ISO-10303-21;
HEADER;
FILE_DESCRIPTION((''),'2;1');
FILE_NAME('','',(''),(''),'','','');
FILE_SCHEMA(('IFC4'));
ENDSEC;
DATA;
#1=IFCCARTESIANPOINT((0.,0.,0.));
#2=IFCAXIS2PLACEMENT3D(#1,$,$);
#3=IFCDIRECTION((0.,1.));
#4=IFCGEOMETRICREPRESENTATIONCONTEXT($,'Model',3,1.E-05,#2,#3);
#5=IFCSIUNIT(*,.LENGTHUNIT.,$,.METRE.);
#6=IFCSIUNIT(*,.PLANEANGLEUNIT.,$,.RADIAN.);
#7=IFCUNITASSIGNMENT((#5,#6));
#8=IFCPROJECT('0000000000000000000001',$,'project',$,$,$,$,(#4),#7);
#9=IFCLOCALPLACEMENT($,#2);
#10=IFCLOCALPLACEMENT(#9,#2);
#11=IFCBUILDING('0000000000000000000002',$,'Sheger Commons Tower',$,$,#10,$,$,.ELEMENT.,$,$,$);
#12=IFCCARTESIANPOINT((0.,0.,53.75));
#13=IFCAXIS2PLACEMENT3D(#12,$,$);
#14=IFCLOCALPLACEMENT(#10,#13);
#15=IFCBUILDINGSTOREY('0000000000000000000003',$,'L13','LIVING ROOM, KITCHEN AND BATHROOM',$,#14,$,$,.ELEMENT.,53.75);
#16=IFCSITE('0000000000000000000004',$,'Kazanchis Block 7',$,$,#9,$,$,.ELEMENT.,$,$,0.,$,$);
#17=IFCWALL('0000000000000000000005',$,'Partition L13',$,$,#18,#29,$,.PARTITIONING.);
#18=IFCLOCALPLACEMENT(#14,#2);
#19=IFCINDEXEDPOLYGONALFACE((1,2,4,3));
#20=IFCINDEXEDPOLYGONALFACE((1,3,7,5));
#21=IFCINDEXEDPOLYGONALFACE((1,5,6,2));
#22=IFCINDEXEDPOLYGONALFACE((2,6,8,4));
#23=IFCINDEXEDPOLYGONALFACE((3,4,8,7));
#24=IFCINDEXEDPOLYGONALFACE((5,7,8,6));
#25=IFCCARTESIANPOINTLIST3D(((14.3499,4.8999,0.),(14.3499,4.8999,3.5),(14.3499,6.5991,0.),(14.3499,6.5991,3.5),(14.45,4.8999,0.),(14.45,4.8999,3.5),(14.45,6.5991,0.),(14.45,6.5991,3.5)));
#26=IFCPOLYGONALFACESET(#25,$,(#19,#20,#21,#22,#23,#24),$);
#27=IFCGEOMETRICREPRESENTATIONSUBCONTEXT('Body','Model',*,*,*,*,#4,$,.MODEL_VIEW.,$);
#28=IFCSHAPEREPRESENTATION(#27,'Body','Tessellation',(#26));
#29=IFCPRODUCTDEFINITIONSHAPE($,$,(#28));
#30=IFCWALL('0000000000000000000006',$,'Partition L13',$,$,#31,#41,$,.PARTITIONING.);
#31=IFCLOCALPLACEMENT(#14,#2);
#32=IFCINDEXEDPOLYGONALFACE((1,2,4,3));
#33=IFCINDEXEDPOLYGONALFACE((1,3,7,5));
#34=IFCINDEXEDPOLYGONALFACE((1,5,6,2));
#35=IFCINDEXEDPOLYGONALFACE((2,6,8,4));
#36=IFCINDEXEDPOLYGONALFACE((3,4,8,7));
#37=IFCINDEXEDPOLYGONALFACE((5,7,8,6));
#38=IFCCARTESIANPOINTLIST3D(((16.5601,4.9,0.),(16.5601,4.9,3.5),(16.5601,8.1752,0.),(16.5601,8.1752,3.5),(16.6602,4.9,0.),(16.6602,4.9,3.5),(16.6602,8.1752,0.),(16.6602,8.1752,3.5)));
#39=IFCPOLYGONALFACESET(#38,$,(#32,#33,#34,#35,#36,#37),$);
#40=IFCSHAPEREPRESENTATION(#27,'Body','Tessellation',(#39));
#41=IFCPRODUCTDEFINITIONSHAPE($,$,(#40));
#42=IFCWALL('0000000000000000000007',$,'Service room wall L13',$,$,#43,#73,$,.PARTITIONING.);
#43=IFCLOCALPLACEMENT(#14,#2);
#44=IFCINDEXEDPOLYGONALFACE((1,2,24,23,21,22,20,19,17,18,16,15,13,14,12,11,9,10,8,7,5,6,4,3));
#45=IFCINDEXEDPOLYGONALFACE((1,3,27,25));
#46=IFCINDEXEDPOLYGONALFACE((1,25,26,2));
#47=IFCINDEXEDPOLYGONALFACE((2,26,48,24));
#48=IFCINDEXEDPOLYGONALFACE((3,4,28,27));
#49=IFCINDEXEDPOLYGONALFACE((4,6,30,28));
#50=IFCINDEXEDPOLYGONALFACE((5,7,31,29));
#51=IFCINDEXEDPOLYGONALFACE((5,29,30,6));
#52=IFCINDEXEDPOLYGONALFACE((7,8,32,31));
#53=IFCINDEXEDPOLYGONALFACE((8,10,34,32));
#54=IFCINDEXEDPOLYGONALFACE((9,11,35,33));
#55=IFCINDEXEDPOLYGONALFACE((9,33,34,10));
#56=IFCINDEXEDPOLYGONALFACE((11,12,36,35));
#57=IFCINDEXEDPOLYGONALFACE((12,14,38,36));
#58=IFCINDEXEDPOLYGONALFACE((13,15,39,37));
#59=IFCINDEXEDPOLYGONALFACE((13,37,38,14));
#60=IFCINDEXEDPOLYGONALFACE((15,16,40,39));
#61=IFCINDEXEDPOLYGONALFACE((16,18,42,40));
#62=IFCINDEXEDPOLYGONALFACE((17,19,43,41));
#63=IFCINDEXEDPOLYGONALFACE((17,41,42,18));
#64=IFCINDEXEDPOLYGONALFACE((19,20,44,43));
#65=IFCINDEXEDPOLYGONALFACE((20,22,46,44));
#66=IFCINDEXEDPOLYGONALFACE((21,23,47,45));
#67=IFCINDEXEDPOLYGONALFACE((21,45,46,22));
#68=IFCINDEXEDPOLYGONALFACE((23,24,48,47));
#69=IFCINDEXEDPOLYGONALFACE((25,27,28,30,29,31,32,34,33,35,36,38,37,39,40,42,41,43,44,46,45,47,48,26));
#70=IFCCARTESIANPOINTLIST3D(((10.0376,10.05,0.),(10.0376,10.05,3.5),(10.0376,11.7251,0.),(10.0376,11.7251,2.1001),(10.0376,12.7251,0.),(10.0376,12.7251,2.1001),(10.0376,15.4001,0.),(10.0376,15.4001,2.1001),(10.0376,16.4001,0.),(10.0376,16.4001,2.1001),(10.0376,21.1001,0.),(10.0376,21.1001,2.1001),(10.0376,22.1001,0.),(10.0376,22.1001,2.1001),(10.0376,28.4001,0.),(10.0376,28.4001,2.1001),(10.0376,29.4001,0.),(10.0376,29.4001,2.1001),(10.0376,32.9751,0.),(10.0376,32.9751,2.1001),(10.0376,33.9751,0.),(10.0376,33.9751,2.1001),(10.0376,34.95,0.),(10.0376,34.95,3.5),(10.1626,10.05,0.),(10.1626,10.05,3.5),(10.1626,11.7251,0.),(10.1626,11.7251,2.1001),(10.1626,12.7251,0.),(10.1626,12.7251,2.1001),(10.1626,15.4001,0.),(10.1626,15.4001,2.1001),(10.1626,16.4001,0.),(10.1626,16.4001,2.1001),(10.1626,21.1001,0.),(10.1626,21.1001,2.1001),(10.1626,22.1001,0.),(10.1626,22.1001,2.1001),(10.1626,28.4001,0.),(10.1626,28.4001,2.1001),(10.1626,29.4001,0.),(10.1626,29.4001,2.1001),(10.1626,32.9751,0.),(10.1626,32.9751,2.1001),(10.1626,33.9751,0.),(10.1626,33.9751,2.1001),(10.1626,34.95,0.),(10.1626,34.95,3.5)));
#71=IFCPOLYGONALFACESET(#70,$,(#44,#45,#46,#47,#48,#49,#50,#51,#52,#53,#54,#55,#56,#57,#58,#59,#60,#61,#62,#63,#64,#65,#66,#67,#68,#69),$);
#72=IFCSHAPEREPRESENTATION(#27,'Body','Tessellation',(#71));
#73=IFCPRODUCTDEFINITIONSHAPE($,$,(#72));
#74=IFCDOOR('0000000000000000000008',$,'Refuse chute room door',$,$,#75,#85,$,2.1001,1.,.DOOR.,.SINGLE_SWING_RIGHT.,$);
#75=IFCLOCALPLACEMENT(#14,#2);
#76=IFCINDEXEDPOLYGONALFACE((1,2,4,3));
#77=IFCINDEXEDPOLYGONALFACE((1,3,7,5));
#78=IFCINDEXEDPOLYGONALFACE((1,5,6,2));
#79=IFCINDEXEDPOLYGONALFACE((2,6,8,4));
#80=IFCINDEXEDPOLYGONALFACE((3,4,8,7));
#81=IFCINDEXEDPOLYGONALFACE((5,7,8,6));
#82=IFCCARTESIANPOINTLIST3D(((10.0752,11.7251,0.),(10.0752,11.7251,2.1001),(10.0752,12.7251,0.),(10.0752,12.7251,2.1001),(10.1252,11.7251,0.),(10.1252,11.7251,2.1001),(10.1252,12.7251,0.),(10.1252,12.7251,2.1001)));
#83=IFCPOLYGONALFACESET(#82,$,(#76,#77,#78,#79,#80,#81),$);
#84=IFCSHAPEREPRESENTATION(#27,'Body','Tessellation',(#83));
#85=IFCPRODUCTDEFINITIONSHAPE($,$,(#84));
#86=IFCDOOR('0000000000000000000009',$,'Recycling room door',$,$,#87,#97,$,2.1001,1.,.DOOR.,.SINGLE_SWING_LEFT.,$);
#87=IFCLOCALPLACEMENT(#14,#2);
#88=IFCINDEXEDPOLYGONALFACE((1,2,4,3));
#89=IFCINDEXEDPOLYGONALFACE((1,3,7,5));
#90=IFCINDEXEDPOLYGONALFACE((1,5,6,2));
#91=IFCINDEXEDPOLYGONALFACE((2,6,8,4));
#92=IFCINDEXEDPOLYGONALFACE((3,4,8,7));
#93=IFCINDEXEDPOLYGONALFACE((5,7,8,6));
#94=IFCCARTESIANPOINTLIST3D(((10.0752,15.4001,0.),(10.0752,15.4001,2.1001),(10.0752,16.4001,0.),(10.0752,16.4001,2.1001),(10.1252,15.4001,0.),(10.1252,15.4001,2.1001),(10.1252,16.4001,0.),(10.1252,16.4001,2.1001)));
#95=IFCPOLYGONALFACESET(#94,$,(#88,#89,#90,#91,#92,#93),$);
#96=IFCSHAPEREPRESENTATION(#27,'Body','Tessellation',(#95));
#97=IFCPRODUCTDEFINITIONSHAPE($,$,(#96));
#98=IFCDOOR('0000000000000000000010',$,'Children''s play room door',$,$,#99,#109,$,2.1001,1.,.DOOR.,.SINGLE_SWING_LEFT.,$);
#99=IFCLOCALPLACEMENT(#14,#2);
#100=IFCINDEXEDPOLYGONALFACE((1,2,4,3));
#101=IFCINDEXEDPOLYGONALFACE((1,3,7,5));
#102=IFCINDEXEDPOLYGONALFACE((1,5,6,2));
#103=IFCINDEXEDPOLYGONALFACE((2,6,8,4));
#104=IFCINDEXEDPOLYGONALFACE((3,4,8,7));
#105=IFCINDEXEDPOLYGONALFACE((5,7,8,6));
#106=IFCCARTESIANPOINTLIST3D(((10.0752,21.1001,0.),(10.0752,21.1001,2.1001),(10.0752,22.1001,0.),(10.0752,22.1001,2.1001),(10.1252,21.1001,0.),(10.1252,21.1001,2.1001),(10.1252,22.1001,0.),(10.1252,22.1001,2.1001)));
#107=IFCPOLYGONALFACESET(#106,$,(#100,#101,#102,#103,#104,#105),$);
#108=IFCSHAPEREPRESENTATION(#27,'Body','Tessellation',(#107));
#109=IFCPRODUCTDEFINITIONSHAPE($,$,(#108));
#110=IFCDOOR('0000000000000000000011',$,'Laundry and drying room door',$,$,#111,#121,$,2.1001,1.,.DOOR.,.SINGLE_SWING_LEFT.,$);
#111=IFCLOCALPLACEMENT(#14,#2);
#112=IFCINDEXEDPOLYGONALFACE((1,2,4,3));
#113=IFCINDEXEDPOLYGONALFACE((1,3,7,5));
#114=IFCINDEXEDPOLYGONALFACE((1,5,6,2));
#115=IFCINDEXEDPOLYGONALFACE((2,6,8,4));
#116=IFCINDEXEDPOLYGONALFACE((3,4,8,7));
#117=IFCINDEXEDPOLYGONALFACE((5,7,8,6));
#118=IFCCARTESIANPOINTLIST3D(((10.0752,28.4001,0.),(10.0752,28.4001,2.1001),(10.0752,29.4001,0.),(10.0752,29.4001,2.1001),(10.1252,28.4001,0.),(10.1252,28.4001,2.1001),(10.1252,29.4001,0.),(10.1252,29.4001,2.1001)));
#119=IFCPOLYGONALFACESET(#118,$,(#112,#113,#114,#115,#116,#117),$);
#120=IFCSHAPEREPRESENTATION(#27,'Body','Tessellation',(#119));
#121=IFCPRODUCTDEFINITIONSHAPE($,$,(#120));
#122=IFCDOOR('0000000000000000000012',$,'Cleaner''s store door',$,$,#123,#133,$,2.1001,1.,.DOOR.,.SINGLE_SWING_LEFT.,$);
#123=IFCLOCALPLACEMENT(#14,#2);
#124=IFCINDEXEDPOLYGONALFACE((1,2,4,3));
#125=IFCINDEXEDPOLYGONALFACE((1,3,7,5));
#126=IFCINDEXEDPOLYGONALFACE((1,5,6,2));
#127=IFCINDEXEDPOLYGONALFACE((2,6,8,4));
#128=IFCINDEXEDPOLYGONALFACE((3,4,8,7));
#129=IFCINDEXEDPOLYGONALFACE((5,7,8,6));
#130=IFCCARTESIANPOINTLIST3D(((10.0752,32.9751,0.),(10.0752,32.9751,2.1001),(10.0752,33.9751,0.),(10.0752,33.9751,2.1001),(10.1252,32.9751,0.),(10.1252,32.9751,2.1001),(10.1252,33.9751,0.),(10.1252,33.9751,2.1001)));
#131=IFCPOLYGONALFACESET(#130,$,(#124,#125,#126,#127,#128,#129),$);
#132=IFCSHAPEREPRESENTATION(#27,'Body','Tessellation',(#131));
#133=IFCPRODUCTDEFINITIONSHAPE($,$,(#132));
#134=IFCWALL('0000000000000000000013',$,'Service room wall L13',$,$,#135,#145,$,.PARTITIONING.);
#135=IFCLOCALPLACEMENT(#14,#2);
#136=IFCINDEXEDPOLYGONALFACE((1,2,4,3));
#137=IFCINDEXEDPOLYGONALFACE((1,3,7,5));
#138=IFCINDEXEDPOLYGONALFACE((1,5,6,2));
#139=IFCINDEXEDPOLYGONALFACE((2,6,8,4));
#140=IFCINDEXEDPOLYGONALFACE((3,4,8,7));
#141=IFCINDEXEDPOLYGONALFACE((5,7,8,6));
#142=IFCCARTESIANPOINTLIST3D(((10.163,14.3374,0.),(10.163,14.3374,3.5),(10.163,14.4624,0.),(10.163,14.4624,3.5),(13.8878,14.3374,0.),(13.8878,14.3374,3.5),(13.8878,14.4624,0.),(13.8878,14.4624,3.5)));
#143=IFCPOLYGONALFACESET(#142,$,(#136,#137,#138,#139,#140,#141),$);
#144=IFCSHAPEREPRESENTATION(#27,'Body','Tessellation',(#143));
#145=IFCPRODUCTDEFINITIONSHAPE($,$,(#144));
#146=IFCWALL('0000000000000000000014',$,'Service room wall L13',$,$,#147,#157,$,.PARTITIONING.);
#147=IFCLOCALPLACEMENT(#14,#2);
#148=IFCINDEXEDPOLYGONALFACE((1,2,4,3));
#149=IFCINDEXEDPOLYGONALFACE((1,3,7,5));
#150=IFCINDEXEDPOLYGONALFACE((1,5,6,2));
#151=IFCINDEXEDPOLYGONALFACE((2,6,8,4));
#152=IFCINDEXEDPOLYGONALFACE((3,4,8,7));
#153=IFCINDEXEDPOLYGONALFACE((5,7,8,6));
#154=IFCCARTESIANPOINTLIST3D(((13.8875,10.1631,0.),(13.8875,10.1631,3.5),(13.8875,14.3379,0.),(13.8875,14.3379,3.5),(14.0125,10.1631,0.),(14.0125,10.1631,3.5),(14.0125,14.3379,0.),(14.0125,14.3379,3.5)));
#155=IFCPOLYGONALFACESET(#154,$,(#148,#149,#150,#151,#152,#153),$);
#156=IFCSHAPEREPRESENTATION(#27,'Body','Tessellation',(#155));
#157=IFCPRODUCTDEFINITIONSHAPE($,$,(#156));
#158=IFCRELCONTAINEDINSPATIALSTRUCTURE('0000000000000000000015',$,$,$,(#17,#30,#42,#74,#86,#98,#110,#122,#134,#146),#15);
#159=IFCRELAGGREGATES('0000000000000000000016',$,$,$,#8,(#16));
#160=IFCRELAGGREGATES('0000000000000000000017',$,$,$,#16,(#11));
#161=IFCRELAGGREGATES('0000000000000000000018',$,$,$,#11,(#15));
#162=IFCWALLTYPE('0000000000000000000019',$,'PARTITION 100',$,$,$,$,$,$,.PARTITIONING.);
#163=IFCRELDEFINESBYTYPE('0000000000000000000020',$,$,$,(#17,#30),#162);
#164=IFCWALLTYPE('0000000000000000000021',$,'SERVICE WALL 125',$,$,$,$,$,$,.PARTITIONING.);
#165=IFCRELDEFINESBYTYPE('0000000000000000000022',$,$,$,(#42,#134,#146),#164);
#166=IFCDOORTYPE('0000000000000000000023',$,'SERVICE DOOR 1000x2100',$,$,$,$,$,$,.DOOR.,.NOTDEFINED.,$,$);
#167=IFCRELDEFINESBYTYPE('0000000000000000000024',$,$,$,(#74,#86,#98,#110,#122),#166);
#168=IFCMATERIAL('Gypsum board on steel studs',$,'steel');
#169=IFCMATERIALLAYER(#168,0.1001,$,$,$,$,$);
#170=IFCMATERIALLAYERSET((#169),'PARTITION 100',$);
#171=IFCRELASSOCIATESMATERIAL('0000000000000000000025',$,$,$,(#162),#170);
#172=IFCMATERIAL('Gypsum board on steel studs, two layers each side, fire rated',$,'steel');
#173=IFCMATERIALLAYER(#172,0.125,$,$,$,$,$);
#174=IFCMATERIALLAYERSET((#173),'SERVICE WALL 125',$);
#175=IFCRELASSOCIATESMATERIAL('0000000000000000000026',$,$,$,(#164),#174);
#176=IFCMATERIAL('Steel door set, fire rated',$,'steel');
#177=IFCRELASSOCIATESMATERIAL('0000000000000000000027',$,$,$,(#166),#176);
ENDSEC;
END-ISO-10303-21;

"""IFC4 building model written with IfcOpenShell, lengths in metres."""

from ifc_helpers import new_model, si_unit, direction, frame, frame_2d, origin, place, context, subcontext, project, spatial, rectangle, extrude, material, layer, layer_set, type_object, element, fill, save


model = new_model("IFC4")

# Units and contexts
model_context = context("Model", 3, precision=1e-05, world=origin(), true_north=direction((0.0, 1.0)))
body_context = subcontext(model_context, "Body", "Model", "MODEL_VIEW")
ifc_project = project(units=[si_unit("LENGTHUNIT", "METRE"), si_unit("PLANEANGLEUNIT", "RADIAN")], contexts=[model_context])

# Site, building, storey
site_placement = place(None, origin())
site = spatial("IfcSite", under=ifc_project, at=site_placement, Name="Kazanchis Block 7", CompositionType="ELEMENT", RefElevation=0.0)
building_placement = place(site_placement, origin())
building = spatial("IfcBuilding", under=site, at=building_placement, Name="Sheger Commons Tower", CompositionType="ELEMENT")
storey_placement = place(building_placement, frame((0.0, 0.0, 53.75)))
storey = spatial("IfcBuildingStorey", under=building, at=storey_placement, Name="L13", Description="LIVING ROOM, KITCHEN AND BATHROOM", CompositionType="ELEMENT", Elevation=53.75)

# Shared definitions
ifc_material_1 = material(Name="Gypsum board on steel studs", Category="steel")
ifc_layer_1 = layer(ifc_material_1, 0.1001)
ifc_layer_set_1 = layer_set([ifc_layer_1], Name="PARTITION 100")
wall_type_1 = type_object("IfcWallType", Name="PARTITION 100", PredefinedType="PARTITIONING", material=ifc_layer_set_1)

# Walls
wall_1_placement = place(storey_placement, frame((14.3999, 4.8999, 0.0), z_axis=(0.0, 0.0, 1.0), x_axis=(0.0, 1.0, 0.0)))
element("IfcWall", 1, at=wall_1_placement, inside=storey, type_object=wall_type_1, Name="Partition L13", PredefinedType="PARTITIONING", context=body_context, shape_type="SweptSolid", body=[
    extrude(rectangle(XDim=1.6992, YDim=0.1001, at=frame_2d((0.8496, 0.0))), origin(), (0.0, 0.0, 1.0), 3.5),
])
wall_2_placement = place(storey_placement, frame((16.6101, 4.8999, 0.0), z_axis=(0.0, 0.0, 1.0), x_axis=(0.0, 1.0, 0.0)))
element("IfcWall", 2, at=wall_2_placement, inside=storey, type_object=wall_type_1, Name="Partition L13", PredefinedType="PARTITIONING", context=body_context, shape_type="SweptSolid", body=[
    extrude(rectangle(XDim=3.2751, YDim=0.1001, at=frame_2d((1.6377, 0.0))), origin(), (0.0, 0.0, 1.0), 3.5),
])

# Wall, openings, doors
ifc_material_2 = material(Name="Gypsum board on steel studs, two layers each side, fire rated", Category="steel")
ifc_layer_2 = layer(ifc_material_2, 0.125)
ifc_layer_set_2 = layer_set([ifc_layer_2], Name="SERVICE WALL 125")
wall_type_2 = type_object("IfcWallType", Name="SERVICE WALL 125", PredefinedType="PARTITIONING", material=ifc_layer_set_2)
wall_3_placement = place(storey_placement, frame((10.1001, 10.05, 0.0), z_axis=(0.0, 0.0, 1.0), x_axis=(0.0, 1.0, 0.0)))
wall_3 = element("IfcWall", 3, at=wall_3_placement, inside=storey, type_object=wall_type_2, Name="Service room wall L13", PredefinedType="PARTITIONING", context=body_context, shape_type="SweptSolid", body=[
    extrude(rectangle(XDim=24.8999, YDim=0.125, at=frame_2d((12.45, 0.0))), origin(), (0.0, 0.0, 1.0), 3.5),
])
opening_1_placement = place(wall_3_placement, frame((1.675, 0.0, 0.0)))
opening_1 = element("IfcOpeningElement", 4, at=opening_1_placement, cuts=wall_3, PredefinedType="OPENING", context=body_context, shape_type="SweptSolid", body=[
    extrude(rectangle(XDim=1.0, YDim=2.1001, at=frame_2d((0.5, 1.05))), frame((0.0, 0.0725, 0.0), z_axis=(0.0, -1.0, 0.0), x_axis=(1.0, 0.0, 0.0)), (0.0, 0.0, 1.0), 0.145),
])
opening_2_placement = place(wall_3_placement, frame((5.3501, 0.0, 0.0)))
opening_2 = element("IfcOpeningElement", 5, at=opening_2_placement, cuts=wall_3, PredefinedType="OPENING", context=body_context, shape_type="SweptSolid", body=[
    extrude(rectangle(XDim=1.0, YDim=2.1001, at=frame_2d((0.5, 1.05))), frame((0.0, 0.0725, 0.0), z_axis=(0.0, -1.0, 0.0), x_axis=(1.0, 0.0, 0.0)), (0.0, 0.0, 1.0), 0.145),
])
opening_3_placement = place(wall_3_placement, frame((11.05, 0.0, 0.0)))
opening_3 = element("IfcOpeningElement", 6, at=opening_3_placement, cuts=wall_3, PredefinedType="OPENING", context=body_context, shape_type="SweptSolid", body=[
    extrude(rectangle(XDim=1.0, YDim=2.1001, at=frame_2d((0.5, 1.05))), frame((0.0, 0.0725, 0.0), z_axis=(0.0, -1.0, 0.0), x_axis=(1.0, 0.0, 0.0)), (0.0, 0.0, 1.0), 0.145),
])
opening_4_placement = place(wall_3_placement, frame((18.3501, 0.0, 0.0)))
opening_4 = element("IfcOpeningElement", 7, at=opening_4_placement, cuts=wall_3, PredefinedType="OPENING", context=body_context, shape_type="SweptSolid", body=[
    extrude(rectangle(XDim=1.0, YDim=2.1001, at=frame_2d((0.5, 1.05))), frame((0.0, 0.0725, 0.0), z_axis=(0.0, -1.0, 0.0), x_axis=(1.0, 0.0, 0.0)), (0.0, 0.0, 1.0), 0.145),
])
opening_5_placement = place(wall_3_placement, frame((22.925, 0.0, 0.0)))
opening_5 = element("IfcOpeningElement", 8, at=opening_5_placement, cuts=wall_3, PredefinedType="OPENING", context=body_context, shape_type="SweptSolid", body=[
    extrude(rectangle(XDim=1.0, YDim=2.1001, at=frame_2d((0.5, 1.05))), frame((0.0, 0.0725, 0.0), z_axis=(0.0, -1.0, 0.0), x_axis=(1.0, 0.0, 0.0)), (0.0, 0.0, 1.0), 0.145),
])
ifc_material_3 = material(Name="Steel door set, fire rated", Category="steel")
door_type_1 = type_object("IfcDoorType", Name="SERVICE DOOR 1000x2100", OperationType="NOTDEFINED", PredefinedType="DOOR", material=ifc_material_3)
door_1_placement = place(opening_1_placement, origin())
door_1 = element("IfcDoor", 9, at=door_1_placement, inside=storey, type_object=door_type_1, Name="Refuse chute room door", OperationType="SINGLE_SWING_RIGHT", OverallHeight=2.1001, OverallWidth=1.0, PredefinedType="DOOR", context=body_context, shape_type="SweptSolid", body=[
    extrude(rectangle(XDim=1.0, YDim=2.1001, at=frame_2d((0.5, 1.05))), frame((0.0, 0.0249, 0.0), z_axis=(0.0, -1.0, 0.0), x_axis=(1.0, 0.0, 0.0)), (0.0, 0.0, 1.0), 0.05),
])
fill(opening_1, door_1)
door_2_placement = place(opening_2_placement, origin())
door_2 = element("IfcDoor", 10, at=door_2_placement, inside=storey, type_object=door_type_1, Name="Recycling room door", OperationType="SINGLE_SWING_LEFT", OverallHeight=2.1001, OverallWidth=1.0, PredefinedType="DOOR", context=body_context, shape_type="SweptSolid", body=[
    extrude(rectangle(XDim=1.0, YDim=2.1001, at=frame_2d((0.5, 1.05))), frame((0.0, 0.0249, 0.0), z_axis=(0.0, -1.0, 0.0), x_axis=(1.0, 0.0, 0.0)), (0.0, 0.0, 1.0), 0.05),
])
fill(opening_2, door_2)
door_3_placement = place(opening_3_placement, origin())
door_3 = element("IfcDoor", 11, at=door_3_placement, inside=storey, type_object=door_type_1, Name="Children's play room door", OperationType="SINGLE_SWING_LEFT", OverallHeight=2.1001, OverallWidth=1.0, PredefinedType="DOOR", context=body_context, shape_type="SweptSolid", body=[
    extrude(rectangle(XDim=1.0, YDim=2.1001, at=frame_2d((0.5, 1.05))), frame((0.0, 0.0249, 0.0), z_axis=(0.0, -1.0, 0.0), x_axis=(1.0, 0.0, 0.0)), (0.0, 0.0, 1.0), 0.05),
])
fill(opening_3, door_3)
door_4_placement = place(opening_4_placement, origin())
door_4 = element("IfcDoor", 12, at=door_4_placement, inside=storey, type_object=door_type_1, Name="Laundry and drying room door", OperationType="SINGLE_SWING_LEFT", OverallHeight=2.1001, OverallWidth=1.0, PredefinedType="DOOR", context=body_context, shape_type="SweptSolid", body=[
    extrude(rectangle(XDim=1.0, YDim=2.1001, at=frame_2d((0.5, 1.05))), frame((0.0, 0.0249, 0.0), z_axis=(0.0, -1.0, 0.0), x_axis=(1.0, 0.0, 0.0)), (0.0, 0.0, 1.0), 0.05),
])
fill(opening_4, door_4)
door_5_placement = place(opening_5_placement, origin())
door_5 = element("IfcDoor", 13, at=door_5_placement, inside=storey, type_object=door_type_1, Name="Cleaner's store door", OperationType="SINGLE_SWING_LEFT", OverallHeight=2.1001, OverallWidth=1.0, PredefinedType="DOOR", context=body_context, shape_type="SweptSolid", body=[
    extrude(rectangle(XDim=1.0, YDim=2.1001, at=frame_2d((0.5, 1.05))), frame((0.0, 0.0249, 0.0), z_axis=(0.0, -1.0, 0.0), x_axis=(1.0, 0.0, 0.0)), (0.0, 0.0, 1.0), 0.05),
])
fill(opening_5, door_5)

# Walls
wall_4_placement = place(storey_placement, frame((10.1631, 14.3999, 0.0), z_axis=(0.0, 0.0, 1.0), x_axis=(1.0, 0.0, 0.0)))
element("IfcWall", 14, at=wall_4_placement, inside=storey, type_object=wall_type_2, Name="Service room wall L13", PredefinedType="PARTITIONING", context=body_context, shape_type="SweptSolid", body=[
    extrude(rectangle(XDim=3.7249, YDim=0.125, at=frame_2d((1.8623, 0.0))), origin(), (0.0, 0.0, 1.0), 3.5),
])
wall_5_placement = place(storey_placement, frame((13.95, 10.1631, 0.0), z_axis=(0.0, 0.0, 1.0), x_axis=(0.0, 1.0, 0.0)))
element("IfcWall", 15, at=wall_5_placement, inside=storey, type_object=wall_type_2, Name="Service room wall L13", PredefinedType="PARTITIONING", context=body_context, shape_type="SweptSolid", body=[
    extrude(rectangle(XDim=4.1748, YDim=0.125, at=frame_2d((2.0874, 0.0))), origin(), (0.0, 0.0, 1.0), 3.5),
])

save(model, "model.ifc")
